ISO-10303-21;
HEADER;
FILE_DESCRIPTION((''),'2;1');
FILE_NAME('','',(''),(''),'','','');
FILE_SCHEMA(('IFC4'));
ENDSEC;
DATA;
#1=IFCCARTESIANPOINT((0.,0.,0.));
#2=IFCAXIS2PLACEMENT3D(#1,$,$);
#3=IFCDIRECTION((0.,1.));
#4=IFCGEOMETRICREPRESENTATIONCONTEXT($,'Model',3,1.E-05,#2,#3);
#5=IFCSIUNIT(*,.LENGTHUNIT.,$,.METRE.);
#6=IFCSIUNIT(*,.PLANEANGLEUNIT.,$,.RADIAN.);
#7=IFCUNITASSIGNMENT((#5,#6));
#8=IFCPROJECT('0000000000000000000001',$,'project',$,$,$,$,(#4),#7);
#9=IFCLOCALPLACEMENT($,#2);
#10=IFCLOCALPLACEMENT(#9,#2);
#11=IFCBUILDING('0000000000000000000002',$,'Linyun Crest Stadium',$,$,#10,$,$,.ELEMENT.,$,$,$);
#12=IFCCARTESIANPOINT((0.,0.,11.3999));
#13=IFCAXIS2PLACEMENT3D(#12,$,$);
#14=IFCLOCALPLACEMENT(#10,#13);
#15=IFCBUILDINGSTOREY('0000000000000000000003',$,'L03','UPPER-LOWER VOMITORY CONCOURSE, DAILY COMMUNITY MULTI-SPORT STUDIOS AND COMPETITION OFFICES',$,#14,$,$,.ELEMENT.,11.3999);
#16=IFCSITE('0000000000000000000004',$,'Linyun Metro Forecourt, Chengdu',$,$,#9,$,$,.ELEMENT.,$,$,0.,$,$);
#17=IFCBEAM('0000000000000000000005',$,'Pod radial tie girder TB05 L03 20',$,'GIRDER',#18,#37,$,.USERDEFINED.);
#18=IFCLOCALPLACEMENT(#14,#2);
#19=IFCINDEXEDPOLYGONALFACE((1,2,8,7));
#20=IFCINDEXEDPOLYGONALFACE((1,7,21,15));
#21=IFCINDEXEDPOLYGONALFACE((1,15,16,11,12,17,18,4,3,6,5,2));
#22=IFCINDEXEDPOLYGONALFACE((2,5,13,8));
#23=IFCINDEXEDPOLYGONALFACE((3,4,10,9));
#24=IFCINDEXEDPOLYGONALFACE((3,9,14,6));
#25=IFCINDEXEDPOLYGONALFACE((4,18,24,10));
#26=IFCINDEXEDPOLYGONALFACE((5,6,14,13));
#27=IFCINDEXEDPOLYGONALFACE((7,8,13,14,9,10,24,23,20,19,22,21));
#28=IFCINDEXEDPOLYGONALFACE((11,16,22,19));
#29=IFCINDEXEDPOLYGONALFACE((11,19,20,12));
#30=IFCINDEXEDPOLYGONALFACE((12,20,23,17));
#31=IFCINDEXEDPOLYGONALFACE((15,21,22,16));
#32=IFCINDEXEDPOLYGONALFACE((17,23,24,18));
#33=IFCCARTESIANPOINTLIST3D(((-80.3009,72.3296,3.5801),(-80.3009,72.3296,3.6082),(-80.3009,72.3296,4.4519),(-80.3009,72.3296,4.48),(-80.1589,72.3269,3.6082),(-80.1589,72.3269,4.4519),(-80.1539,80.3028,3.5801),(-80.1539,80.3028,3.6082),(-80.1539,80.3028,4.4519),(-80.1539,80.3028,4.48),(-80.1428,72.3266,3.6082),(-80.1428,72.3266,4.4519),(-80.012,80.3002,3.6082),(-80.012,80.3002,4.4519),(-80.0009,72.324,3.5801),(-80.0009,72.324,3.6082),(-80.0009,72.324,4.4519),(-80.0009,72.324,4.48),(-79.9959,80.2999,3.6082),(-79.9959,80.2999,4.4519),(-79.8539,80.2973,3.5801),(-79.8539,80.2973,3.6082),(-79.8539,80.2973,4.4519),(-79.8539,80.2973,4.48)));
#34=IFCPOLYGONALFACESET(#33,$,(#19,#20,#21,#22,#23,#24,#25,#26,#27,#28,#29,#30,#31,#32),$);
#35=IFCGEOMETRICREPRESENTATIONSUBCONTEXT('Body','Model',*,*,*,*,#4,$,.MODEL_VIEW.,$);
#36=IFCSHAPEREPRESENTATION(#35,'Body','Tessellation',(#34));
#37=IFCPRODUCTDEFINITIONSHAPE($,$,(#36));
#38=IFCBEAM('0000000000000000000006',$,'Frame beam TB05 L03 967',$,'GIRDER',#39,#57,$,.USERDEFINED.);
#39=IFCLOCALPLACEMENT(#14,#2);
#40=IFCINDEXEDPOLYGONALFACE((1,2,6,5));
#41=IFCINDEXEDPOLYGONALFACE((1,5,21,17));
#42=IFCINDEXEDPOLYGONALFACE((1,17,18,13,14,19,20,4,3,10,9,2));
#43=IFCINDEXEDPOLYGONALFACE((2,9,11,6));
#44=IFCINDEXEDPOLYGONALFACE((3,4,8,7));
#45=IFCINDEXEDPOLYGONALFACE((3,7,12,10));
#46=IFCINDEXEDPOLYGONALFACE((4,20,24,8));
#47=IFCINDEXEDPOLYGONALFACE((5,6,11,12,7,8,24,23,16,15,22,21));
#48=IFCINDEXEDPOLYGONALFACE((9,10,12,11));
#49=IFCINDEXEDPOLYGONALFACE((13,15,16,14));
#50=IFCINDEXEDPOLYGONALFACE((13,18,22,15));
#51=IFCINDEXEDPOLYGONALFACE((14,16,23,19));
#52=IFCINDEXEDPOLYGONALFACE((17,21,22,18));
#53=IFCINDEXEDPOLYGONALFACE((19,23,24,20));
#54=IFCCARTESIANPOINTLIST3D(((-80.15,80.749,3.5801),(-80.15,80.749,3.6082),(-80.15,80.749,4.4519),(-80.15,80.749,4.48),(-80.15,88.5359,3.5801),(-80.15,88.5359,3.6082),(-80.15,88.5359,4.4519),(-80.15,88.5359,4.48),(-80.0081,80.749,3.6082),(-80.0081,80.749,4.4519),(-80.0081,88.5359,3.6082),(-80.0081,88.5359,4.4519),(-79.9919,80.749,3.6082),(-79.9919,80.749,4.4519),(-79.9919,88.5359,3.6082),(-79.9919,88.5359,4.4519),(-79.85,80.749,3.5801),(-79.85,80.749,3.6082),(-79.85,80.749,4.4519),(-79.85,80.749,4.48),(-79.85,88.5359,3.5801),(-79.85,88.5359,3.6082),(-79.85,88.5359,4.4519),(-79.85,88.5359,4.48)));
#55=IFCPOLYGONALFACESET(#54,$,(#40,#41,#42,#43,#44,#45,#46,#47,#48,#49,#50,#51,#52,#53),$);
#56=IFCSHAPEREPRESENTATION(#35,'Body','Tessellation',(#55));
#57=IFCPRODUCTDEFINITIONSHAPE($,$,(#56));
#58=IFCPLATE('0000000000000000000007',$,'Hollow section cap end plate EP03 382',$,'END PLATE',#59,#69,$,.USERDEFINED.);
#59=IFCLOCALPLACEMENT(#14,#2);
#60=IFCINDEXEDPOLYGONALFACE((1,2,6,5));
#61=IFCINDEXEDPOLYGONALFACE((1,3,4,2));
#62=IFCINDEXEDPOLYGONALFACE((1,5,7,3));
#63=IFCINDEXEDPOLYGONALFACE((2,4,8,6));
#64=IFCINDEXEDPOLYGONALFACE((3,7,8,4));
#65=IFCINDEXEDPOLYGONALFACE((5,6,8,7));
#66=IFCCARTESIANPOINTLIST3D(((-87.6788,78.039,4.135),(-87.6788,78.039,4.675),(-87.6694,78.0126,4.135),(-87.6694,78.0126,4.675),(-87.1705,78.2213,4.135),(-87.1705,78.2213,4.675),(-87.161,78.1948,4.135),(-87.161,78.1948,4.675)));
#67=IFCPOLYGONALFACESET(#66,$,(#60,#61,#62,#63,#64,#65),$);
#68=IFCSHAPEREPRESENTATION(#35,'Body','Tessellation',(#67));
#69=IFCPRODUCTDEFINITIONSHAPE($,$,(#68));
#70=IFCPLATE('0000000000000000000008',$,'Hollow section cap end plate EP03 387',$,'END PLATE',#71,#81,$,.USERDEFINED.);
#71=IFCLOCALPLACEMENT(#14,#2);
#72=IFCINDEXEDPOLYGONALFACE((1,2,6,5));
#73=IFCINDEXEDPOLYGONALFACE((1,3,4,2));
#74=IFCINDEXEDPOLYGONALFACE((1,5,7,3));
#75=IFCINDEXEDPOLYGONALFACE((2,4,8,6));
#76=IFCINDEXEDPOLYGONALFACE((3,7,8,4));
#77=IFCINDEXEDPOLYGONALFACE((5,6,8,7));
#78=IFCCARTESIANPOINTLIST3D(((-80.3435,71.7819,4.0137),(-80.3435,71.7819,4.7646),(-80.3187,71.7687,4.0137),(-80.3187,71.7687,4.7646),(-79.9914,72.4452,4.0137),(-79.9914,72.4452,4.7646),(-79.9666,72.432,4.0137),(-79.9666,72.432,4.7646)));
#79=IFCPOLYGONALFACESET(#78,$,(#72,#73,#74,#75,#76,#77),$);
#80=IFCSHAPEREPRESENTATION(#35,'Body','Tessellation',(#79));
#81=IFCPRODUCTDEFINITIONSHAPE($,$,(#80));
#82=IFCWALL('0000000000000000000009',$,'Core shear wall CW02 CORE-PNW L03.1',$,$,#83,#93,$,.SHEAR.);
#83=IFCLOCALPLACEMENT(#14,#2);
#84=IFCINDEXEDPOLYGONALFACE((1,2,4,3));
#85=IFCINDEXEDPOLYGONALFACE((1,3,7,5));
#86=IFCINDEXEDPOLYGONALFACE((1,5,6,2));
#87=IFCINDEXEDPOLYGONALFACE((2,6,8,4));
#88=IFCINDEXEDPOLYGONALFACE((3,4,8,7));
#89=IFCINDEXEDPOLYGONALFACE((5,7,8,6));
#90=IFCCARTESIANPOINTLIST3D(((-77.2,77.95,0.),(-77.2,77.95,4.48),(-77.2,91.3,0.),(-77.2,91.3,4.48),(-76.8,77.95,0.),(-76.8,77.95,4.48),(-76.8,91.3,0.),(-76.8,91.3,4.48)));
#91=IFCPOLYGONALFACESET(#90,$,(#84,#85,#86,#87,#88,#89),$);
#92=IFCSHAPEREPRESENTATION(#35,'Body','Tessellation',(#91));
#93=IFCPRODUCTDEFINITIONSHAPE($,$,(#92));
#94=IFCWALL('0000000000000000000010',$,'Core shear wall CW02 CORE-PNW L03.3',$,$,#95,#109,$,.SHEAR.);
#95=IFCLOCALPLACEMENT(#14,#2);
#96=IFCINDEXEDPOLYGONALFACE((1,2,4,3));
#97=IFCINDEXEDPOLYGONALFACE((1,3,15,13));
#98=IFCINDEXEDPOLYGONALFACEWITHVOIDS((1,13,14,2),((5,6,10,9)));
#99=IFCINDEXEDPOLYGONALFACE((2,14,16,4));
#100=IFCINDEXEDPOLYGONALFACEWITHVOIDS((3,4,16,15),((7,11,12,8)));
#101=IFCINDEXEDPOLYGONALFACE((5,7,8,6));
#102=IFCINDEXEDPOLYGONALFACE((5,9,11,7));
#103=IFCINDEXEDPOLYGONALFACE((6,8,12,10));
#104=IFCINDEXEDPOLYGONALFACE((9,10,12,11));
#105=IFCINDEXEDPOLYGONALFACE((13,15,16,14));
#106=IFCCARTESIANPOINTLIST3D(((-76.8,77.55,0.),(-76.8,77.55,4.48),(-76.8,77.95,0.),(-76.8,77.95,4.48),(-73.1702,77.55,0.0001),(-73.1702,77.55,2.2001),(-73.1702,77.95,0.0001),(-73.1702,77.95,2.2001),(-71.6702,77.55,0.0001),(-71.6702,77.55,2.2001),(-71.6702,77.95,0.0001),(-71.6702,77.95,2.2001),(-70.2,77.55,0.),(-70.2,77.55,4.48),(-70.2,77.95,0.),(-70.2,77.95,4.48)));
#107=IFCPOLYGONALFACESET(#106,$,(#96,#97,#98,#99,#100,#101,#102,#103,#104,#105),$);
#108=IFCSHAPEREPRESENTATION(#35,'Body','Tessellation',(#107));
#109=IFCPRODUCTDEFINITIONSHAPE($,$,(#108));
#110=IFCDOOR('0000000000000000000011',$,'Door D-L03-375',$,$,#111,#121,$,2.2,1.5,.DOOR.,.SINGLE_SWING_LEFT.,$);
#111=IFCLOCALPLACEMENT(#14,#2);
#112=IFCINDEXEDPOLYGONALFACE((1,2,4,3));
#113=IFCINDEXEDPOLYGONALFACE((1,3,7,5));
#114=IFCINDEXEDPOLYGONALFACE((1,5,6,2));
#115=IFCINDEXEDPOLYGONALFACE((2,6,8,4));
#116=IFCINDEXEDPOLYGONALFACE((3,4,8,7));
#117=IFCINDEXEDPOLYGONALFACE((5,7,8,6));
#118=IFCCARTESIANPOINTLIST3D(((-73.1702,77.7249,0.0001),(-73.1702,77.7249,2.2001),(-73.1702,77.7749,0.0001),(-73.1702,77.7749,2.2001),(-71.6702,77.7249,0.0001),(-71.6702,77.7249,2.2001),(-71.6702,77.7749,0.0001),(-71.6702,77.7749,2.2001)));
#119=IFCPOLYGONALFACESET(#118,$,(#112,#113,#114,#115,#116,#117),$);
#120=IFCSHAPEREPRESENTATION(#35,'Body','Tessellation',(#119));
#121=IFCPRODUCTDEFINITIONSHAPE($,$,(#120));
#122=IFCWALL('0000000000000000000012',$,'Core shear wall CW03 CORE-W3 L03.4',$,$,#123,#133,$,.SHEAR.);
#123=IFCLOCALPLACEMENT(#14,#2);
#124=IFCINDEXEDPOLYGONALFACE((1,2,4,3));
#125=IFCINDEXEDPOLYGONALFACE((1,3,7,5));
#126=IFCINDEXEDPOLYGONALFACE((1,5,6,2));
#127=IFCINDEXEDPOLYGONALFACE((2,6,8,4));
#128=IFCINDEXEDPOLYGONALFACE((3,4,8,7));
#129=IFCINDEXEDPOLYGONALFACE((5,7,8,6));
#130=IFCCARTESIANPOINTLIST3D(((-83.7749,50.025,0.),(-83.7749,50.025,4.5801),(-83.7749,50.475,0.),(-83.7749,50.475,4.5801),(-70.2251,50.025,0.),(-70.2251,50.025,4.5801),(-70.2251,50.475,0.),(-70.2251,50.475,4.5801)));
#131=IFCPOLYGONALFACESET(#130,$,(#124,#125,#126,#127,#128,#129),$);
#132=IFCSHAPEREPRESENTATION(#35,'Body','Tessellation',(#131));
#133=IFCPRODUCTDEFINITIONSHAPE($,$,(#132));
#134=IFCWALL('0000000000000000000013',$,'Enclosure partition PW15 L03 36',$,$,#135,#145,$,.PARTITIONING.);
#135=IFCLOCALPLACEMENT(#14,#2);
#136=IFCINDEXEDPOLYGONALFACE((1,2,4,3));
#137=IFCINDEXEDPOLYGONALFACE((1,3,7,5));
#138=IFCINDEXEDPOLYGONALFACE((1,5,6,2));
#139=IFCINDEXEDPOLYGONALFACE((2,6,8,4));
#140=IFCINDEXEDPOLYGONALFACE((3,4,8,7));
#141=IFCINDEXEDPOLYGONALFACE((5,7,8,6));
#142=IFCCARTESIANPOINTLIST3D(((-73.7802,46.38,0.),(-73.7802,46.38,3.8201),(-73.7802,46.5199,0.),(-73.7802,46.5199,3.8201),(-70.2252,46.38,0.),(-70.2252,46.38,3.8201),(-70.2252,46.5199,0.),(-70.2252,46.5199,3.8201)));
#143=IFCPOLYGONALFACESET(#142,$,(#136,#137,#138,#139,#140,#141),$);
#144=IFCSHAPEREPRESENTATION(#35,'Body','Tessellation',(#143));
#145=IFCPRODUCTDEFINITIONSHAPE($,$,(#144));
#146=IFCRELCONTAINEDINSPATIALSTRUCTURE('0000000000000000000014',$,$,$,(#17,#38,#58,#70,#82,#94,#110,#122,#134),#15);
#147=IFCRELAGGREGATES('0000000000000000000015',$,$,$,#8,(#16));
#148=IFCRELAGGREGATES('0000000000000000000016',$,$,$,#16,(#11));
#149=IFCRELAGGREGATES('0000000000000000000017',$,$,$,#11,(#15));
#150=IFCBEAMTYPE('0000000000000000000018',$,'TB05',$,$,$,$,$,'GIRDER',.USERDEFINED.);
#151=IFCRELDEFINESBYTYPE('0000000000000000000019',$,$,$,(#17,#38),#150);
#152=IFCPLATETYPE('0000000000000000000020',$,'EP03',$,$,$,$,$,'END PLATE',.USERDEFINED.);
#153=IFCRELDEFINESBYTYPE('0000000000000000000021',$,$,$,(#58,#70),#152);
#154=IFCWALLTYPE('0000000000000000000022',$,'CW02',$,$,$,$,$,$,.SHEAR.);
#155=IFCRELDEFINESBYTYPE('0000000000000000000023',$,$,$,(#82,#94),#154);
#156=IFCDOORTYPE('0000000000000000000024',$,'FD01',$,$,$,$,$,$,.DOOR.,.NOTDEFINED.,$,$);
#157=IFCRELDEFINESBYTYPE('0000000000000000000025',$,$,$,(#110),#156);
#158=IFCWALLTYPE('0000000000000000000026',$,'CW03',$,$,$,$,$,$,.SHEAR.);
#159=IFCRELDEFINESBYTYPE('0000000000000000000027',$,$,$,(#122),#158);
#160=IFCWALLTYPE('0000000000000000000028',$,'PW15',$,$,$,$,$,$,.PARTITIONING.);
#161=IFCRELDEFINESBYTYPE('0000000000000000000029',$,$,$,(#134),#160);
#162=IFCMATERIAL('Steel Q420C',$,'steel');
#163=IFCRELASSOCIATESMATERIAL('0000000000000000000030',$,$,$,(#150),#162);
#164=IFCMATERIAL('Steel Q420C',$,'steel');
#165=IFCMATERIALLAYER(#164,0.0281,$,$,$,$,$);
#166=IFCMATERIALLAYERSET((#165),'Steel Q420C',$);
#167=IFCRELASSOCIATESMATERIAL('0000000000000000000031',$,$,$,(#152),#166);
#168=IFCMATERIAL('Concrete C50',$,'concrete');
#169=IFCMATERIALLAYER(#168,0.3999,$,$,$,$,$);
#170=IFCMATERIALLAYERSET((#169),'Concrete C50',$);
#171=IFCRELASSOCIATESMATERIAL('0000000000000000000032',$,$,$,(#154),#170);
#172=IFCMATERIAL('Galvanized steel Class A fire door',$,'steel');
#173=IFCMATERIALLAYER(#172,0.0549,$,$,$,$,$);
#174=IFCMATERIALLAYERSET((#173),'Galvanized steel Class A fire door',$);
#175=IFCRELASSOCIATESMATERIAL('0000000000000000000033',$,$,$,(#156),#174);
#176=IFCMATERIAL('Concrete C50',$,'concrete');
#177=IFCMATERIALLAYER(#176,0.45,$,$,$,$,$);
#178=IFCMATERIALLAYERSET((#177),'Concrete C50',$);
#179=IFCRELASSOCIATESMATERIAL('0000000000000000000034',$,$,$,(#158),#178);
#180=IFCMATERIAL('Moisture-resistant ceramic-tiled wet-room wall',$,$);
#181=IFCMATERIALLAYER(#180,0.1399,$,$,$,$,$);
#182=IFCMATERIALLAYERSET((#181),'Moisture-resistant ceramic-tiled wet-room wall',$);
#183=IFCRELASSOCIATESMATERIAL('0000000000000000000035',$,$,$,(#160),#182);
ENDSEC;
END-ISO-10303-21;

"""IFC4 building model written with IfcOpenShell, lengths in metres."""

from ifc_helpers import new_model, si_unit, direction, frame, frame_2d, origin, origin_2d, place, context, subcontext, project, spatial, rectangle, i_section, extrude, material, layer, layer_set, material_profile, profile_set, type_object, element, fill, save


model = new_model("IFC4")

# Units and contexts
model_context = context("Model", 3, precision=1e-05, world=origin(), true_north=direction((0.0, 1.0)))
body_context = subcontext(model_context, "Body", "Model", "MODEL_VIEW")
ifc_project = project(units=[si_unit("LENGTHUNIT", "METRE"), si_unit("PLANEANGLEUNIT", "RADIAN")], contexts=[model_context])

# Site, building, storey
site_placement = place(None, origin())
site = spatial("IfcSite", under=ifc_project, at=site_placement, Name="Linyun Metro Forecourt, Chengdu", CompositionType="ELEMENT", RefElevation=0.0)
building_placement = place(site_placement, origin())
building = spatial("IfcBuilding", under=site, at=building_placement, Name="Linyun Crest Stadium", CompositionType="ELEMENT")
storey_placement = place(building_placement, frame((0.0, 0.0, 11.3999)))
storey = spatial("IfcBuildingStorey", under=building, at=storey_placement, Name="L03", Description="UPPER-LOWER VOMITORY CONCOURSE, DAILY COMMUNITY MULTI-SPORT STUDIOS AND COMPETITION OFFICES", CompositionType="ELEMENT", Elevation=11.3999)

# Beams
ifc_material_1 = material(Name="Steel Q420C", Category="steel")
ifc_material_profile_1 = material_profile(ifc_material_1, i_section(OverallWidth=0.3, OverallDepth=0.8999, WebThickness=0.0161, FlangeThickness=0.0281, at=origin_2d()), Name="HN 900x300")
ifc_profile_set_1 = profile_set([ifc_material_profile_1], Name="Steel Q420C")
beam_type_1 = type_object("IfcBeamType", Name="TB05", ElementType="GIRDER", PredefinedType="USERDEFINED", material=ifc_profile_set_1)
beam_1_placement = place(storey_placement, frame((-80.0039, 80.3, 4.03), z_axis=(-0.01843, -0.99983, 0.0), x_axis=(0.99983, -0.01843, 0.0)))
element("IfcBeam", 1, at=beam_1_placement, inside=storey, type_object=beam_type_1, Name="Pod radial tie girder TB05 L03 20", ObjectType="GIRDER", PredefinedType="USERDEFINED", context=body_context, shape_type="SweptSolid", body=[
    extrude(i_section(OverallWidth=0.3, OverallDepth=0.8999, WebThickness=0.0161, FlangeThickness=0.0281, at=origin_2d()), origin(), (0.0, 0.0, 1.0), 7.9746),
])
beam_2_placement = place(storey_placement, frame((-80.0, 80.749, 4.03), z_axis=(0.0, 1.0, 0.0), x_axis=(-1.0, 0.0, 0.0)))
element("IfcBeam", 2, at=beam_2_placement, inside=storey, type_object=beam_type_1, Name="Frame beam TB05 L03 967", ObjectType="GIRDER", PredefinedType="USERDEFINED", context=body_context, shape_type="SweptSolid", body=[
    extrude(i_section(OverallWidth=0.3, OverallDepth=0.8999, WebThickness=0.0161, FlangeThickness=0.0281, at=origin_2d()), origin(), (0.0, 0.0, 1.0), 7.7869),
])

# Plates
ifc_material_2 = material(Name="Steel Q420C", Category="steel")
ifc_layer_1 = layer(ifc_material_2, 0.0281)
ifc_layer_set_1 = layer_set([ifc_layer_1], Name="Steel Q420C")
plate_type = type_object("IfcPlateType", Name="EP03", ElementType="END PLATE", PredefinedType="USERDEFINED", material=ifc_layer_set_1)
plate_1_placement = place(storey_placement, frame((-87.4199, 78.1169, 4.135), z_axis=(0.0, 0.0, 1.0), x_axis=(-0.941353, -0.337424, 0.0)))
element("IfcPlate", 3, at=plate_1_placement, inside=storey, type_object=plate_type, Name="Hollow section cap end plate EP03 382", ObjectType="END PLATE", PredefinedType="USERDEFINED", context=body_context, shape_type="SweptSolid", body=[
    extrude(rectangle(XDim=0.54, YDim=0.0281, at=origin_2d()), origin(), (0.0, 0.0, 1.0), 0.54),
])
plate_2_placement = place(storey_placement, frame((-80.155, 72.1069, 4.0137), z_axis=(0.0, 0.0, 1.0), x_axis=(-0.468855, -0.883275, 0.0)))
element("IfcPlate", 4, at=plate_2_placement, inside=storey, type_object=plate_type, Name="Hollow section cap end plate EP03 387", ObjectType="END PLATE", PredefinedType="USERDEFINED", context=body_context, shape_type="SweptSolid", body=[
    extrude(rectangle(XDim=0.751, YDim=0.0281, at=origin_2d()), origin(), (0.0, 0.0, 1.0), 0.751),
])

# Wall
ifc_material_3 = material(Name="Concrete C50", Category="concrete")
ifc_layer_2 = layer(ifc_material_3, 0.3999)
ifc_layer_set_2 = layer_set([ifc_layer_2], Name="Concrete C50")
wall_type_1 = type_object("IfcWallType", Name="CW02", PredefinedType="SHEAR", material=ifc_layer_set_2)
wall_1_placement = place(storey_placement, frame((-77.0, 77.95, 0.0), z_axis=(0.0, 0.0, 1.0), x_axis=(0.0, 1.0, 0.0)))
element("IfcWall", 5, at=wall_1_placement, inside=storey, type_object=wall_type_1, Name="Core shear wall CW02 CORE-PNW L03.1", PredefinedType="SHEAR", context=body_context, shape_type="SweptSolid", body=[
    extrude(rectangle(XDim=13.3501, YDim=0.3999, at=frame_2d((6.675, 0.0))), origin(), (0.0, 0.0, 1.0), 4.48),
])

# Wall, opening, door
wall_2_placement = place(storey_placement, frame((-76.8, 77.75, 0.0), z_axis=(0.0, 0.0, 1.0), x_axis=(1.0, 0.0, 0.0)))
wall_2 = element("IfcWall", 6, at=wall_2_placement, inside=storey, type_object=wall_type_1, Name="Core shear wall CW02 CORE-PNW L03.3", PredefinedType="SHEAR", context=body_context, shape_type="SweptSolid", body=[
    extrude(rectangle(XDim=6.6001, YDim=0.3999, at=frame_2d((3.3, 0.0))), origin(), (0.0, 0.0, 1.0), 4.48),
])
opening_1_placement = place(wall_2_placement, frame((3.6299, 0.0, 0.0)))
opening_1 = element("IfcOpeningElement", 7, at=opening_1_placement, cuts=wall_2, PredefinedType="OPENING", context=body_context, shape_type="SweptSolid", body=[
    extrude(rectangle(XDim=1.5, YDim=2.2, at=frame_2d((0.75, 1.1001))), frame((0.0, 0.21, 0.0), z_axis=(0.0, -1.0, 0.0), x_axis=(1.0, 0.0, 0.0)), (0.0, 0.0, 1.0), 0.4199),
])
ifc_material_4 = material(Name="Galvanized steel Class A fire door", Category="steel")
ifc_layer_3 = layer(ifc_material_4, 0.0549)
ifc_layer_set_3 = layer_set([ifc_layer_3], Name="Galvanized steel Class A fire door")
door_type_1 = type_object("IfcDoorType", Name="FD01", OperationType="NOTDEFINED", PredefinedType="DOOR", material=ifc_layer_set_3)
door_1_placement = place(opening_1_placement, origin())
door_1 = element("IfcDoor", 8, at=door_1_placement, inside=storey, type_object=door_type_1, Name="Door D-L03-375", OperationType="SINGLE_SWING_LEFT", OverallHeight=2.2, OverallWidth=1.5, PredefinedType="DOOR", context=body_context, shape_type="SweptSolid", body=[
    extrude(rectangle(XDim=1.5, YDim=2.2, at=frame_2d((0.75, 1.1001))), frame((0.0, 0.0249, 0.0), z_axis=(0.0, -1.0, 0.0), x_axis=(1.0, 0.0, 0.0)), (0.0, 0.0, 1.0), 0.05),
])
fill(opening_1, door_1)

# Wall
ifc_material_5 = material(Name="Concrete C50", Category="concrete")
ifc_layer_4 = layer(ifc_material_5, 0.45)
ifc_layer_set_4 = layer_set([ifc_layer_4], Name="Concrete C50")
wall_type_2 = type_object("IfcWallType", Name="CW03", PredefinedType="SHEAR", material=ifc_layer_set_4)
wall_3_placement = place(storey_placement, frame((-83.7749, 50.25, 0.0), z_axis=(0.0, 0.0, 1.0), x_axis=(1.0, 0.0, 0.0)))
element("IfcWall", 9, at=wall_3_placement, inside=storey, type_object=wall_type_2, Name="Core shear wall CW03 CORE-W3 L03.4", PredefinedType="SHEAR", context=body_context, shape_type="SweptSolid", body=[
    extrude(rectangle(XDim=13.5498, YDim=0.45, at=frame_2d((6.7749, 0.0))), origin(), (0.0, 0.0, 1.0), 4.5801),
])

# Shared definitions
ifc_material_6 = material(Name="Moisture-resistant ceramic-tiled wet-room wall")
ifc_layer_5 = layer(ifc_material_6, 0.1399)
ifc_layer_set_5 = layer_set([ifc_layer_5], Name="Moisture-resistant ceramic-tiled wet-room wall")
wall_type_3 = type_object("IfcWallType", Name="PW15", PredefinedType="PARTITIONING", material=ifc_layer_set_5)

# Wall
wall_4_placement = place(storey_placement, frame((-73.78, 46.45, 0.0), z_axis=(0.0, 0.0, 1.0), x_axis=(1.0, 0.0, 0.0)))
element("IfcWall", 10, at=wall_4_placement, inside=storey, type_object=wall_type_3, Name="Enclosure partition PW15 L03 36", PredefinedType="PARTITIONING", context=body_context, shape_type="SweptSolid", body=[
    extrude(rectangle(XDim=3.5549, YDim=0.1399, at=frame_2d((1.7773, 0.0))), origin(), (0.0, 0.0, 1.0), 3.8201),
])

save(model, "model.ifc")
